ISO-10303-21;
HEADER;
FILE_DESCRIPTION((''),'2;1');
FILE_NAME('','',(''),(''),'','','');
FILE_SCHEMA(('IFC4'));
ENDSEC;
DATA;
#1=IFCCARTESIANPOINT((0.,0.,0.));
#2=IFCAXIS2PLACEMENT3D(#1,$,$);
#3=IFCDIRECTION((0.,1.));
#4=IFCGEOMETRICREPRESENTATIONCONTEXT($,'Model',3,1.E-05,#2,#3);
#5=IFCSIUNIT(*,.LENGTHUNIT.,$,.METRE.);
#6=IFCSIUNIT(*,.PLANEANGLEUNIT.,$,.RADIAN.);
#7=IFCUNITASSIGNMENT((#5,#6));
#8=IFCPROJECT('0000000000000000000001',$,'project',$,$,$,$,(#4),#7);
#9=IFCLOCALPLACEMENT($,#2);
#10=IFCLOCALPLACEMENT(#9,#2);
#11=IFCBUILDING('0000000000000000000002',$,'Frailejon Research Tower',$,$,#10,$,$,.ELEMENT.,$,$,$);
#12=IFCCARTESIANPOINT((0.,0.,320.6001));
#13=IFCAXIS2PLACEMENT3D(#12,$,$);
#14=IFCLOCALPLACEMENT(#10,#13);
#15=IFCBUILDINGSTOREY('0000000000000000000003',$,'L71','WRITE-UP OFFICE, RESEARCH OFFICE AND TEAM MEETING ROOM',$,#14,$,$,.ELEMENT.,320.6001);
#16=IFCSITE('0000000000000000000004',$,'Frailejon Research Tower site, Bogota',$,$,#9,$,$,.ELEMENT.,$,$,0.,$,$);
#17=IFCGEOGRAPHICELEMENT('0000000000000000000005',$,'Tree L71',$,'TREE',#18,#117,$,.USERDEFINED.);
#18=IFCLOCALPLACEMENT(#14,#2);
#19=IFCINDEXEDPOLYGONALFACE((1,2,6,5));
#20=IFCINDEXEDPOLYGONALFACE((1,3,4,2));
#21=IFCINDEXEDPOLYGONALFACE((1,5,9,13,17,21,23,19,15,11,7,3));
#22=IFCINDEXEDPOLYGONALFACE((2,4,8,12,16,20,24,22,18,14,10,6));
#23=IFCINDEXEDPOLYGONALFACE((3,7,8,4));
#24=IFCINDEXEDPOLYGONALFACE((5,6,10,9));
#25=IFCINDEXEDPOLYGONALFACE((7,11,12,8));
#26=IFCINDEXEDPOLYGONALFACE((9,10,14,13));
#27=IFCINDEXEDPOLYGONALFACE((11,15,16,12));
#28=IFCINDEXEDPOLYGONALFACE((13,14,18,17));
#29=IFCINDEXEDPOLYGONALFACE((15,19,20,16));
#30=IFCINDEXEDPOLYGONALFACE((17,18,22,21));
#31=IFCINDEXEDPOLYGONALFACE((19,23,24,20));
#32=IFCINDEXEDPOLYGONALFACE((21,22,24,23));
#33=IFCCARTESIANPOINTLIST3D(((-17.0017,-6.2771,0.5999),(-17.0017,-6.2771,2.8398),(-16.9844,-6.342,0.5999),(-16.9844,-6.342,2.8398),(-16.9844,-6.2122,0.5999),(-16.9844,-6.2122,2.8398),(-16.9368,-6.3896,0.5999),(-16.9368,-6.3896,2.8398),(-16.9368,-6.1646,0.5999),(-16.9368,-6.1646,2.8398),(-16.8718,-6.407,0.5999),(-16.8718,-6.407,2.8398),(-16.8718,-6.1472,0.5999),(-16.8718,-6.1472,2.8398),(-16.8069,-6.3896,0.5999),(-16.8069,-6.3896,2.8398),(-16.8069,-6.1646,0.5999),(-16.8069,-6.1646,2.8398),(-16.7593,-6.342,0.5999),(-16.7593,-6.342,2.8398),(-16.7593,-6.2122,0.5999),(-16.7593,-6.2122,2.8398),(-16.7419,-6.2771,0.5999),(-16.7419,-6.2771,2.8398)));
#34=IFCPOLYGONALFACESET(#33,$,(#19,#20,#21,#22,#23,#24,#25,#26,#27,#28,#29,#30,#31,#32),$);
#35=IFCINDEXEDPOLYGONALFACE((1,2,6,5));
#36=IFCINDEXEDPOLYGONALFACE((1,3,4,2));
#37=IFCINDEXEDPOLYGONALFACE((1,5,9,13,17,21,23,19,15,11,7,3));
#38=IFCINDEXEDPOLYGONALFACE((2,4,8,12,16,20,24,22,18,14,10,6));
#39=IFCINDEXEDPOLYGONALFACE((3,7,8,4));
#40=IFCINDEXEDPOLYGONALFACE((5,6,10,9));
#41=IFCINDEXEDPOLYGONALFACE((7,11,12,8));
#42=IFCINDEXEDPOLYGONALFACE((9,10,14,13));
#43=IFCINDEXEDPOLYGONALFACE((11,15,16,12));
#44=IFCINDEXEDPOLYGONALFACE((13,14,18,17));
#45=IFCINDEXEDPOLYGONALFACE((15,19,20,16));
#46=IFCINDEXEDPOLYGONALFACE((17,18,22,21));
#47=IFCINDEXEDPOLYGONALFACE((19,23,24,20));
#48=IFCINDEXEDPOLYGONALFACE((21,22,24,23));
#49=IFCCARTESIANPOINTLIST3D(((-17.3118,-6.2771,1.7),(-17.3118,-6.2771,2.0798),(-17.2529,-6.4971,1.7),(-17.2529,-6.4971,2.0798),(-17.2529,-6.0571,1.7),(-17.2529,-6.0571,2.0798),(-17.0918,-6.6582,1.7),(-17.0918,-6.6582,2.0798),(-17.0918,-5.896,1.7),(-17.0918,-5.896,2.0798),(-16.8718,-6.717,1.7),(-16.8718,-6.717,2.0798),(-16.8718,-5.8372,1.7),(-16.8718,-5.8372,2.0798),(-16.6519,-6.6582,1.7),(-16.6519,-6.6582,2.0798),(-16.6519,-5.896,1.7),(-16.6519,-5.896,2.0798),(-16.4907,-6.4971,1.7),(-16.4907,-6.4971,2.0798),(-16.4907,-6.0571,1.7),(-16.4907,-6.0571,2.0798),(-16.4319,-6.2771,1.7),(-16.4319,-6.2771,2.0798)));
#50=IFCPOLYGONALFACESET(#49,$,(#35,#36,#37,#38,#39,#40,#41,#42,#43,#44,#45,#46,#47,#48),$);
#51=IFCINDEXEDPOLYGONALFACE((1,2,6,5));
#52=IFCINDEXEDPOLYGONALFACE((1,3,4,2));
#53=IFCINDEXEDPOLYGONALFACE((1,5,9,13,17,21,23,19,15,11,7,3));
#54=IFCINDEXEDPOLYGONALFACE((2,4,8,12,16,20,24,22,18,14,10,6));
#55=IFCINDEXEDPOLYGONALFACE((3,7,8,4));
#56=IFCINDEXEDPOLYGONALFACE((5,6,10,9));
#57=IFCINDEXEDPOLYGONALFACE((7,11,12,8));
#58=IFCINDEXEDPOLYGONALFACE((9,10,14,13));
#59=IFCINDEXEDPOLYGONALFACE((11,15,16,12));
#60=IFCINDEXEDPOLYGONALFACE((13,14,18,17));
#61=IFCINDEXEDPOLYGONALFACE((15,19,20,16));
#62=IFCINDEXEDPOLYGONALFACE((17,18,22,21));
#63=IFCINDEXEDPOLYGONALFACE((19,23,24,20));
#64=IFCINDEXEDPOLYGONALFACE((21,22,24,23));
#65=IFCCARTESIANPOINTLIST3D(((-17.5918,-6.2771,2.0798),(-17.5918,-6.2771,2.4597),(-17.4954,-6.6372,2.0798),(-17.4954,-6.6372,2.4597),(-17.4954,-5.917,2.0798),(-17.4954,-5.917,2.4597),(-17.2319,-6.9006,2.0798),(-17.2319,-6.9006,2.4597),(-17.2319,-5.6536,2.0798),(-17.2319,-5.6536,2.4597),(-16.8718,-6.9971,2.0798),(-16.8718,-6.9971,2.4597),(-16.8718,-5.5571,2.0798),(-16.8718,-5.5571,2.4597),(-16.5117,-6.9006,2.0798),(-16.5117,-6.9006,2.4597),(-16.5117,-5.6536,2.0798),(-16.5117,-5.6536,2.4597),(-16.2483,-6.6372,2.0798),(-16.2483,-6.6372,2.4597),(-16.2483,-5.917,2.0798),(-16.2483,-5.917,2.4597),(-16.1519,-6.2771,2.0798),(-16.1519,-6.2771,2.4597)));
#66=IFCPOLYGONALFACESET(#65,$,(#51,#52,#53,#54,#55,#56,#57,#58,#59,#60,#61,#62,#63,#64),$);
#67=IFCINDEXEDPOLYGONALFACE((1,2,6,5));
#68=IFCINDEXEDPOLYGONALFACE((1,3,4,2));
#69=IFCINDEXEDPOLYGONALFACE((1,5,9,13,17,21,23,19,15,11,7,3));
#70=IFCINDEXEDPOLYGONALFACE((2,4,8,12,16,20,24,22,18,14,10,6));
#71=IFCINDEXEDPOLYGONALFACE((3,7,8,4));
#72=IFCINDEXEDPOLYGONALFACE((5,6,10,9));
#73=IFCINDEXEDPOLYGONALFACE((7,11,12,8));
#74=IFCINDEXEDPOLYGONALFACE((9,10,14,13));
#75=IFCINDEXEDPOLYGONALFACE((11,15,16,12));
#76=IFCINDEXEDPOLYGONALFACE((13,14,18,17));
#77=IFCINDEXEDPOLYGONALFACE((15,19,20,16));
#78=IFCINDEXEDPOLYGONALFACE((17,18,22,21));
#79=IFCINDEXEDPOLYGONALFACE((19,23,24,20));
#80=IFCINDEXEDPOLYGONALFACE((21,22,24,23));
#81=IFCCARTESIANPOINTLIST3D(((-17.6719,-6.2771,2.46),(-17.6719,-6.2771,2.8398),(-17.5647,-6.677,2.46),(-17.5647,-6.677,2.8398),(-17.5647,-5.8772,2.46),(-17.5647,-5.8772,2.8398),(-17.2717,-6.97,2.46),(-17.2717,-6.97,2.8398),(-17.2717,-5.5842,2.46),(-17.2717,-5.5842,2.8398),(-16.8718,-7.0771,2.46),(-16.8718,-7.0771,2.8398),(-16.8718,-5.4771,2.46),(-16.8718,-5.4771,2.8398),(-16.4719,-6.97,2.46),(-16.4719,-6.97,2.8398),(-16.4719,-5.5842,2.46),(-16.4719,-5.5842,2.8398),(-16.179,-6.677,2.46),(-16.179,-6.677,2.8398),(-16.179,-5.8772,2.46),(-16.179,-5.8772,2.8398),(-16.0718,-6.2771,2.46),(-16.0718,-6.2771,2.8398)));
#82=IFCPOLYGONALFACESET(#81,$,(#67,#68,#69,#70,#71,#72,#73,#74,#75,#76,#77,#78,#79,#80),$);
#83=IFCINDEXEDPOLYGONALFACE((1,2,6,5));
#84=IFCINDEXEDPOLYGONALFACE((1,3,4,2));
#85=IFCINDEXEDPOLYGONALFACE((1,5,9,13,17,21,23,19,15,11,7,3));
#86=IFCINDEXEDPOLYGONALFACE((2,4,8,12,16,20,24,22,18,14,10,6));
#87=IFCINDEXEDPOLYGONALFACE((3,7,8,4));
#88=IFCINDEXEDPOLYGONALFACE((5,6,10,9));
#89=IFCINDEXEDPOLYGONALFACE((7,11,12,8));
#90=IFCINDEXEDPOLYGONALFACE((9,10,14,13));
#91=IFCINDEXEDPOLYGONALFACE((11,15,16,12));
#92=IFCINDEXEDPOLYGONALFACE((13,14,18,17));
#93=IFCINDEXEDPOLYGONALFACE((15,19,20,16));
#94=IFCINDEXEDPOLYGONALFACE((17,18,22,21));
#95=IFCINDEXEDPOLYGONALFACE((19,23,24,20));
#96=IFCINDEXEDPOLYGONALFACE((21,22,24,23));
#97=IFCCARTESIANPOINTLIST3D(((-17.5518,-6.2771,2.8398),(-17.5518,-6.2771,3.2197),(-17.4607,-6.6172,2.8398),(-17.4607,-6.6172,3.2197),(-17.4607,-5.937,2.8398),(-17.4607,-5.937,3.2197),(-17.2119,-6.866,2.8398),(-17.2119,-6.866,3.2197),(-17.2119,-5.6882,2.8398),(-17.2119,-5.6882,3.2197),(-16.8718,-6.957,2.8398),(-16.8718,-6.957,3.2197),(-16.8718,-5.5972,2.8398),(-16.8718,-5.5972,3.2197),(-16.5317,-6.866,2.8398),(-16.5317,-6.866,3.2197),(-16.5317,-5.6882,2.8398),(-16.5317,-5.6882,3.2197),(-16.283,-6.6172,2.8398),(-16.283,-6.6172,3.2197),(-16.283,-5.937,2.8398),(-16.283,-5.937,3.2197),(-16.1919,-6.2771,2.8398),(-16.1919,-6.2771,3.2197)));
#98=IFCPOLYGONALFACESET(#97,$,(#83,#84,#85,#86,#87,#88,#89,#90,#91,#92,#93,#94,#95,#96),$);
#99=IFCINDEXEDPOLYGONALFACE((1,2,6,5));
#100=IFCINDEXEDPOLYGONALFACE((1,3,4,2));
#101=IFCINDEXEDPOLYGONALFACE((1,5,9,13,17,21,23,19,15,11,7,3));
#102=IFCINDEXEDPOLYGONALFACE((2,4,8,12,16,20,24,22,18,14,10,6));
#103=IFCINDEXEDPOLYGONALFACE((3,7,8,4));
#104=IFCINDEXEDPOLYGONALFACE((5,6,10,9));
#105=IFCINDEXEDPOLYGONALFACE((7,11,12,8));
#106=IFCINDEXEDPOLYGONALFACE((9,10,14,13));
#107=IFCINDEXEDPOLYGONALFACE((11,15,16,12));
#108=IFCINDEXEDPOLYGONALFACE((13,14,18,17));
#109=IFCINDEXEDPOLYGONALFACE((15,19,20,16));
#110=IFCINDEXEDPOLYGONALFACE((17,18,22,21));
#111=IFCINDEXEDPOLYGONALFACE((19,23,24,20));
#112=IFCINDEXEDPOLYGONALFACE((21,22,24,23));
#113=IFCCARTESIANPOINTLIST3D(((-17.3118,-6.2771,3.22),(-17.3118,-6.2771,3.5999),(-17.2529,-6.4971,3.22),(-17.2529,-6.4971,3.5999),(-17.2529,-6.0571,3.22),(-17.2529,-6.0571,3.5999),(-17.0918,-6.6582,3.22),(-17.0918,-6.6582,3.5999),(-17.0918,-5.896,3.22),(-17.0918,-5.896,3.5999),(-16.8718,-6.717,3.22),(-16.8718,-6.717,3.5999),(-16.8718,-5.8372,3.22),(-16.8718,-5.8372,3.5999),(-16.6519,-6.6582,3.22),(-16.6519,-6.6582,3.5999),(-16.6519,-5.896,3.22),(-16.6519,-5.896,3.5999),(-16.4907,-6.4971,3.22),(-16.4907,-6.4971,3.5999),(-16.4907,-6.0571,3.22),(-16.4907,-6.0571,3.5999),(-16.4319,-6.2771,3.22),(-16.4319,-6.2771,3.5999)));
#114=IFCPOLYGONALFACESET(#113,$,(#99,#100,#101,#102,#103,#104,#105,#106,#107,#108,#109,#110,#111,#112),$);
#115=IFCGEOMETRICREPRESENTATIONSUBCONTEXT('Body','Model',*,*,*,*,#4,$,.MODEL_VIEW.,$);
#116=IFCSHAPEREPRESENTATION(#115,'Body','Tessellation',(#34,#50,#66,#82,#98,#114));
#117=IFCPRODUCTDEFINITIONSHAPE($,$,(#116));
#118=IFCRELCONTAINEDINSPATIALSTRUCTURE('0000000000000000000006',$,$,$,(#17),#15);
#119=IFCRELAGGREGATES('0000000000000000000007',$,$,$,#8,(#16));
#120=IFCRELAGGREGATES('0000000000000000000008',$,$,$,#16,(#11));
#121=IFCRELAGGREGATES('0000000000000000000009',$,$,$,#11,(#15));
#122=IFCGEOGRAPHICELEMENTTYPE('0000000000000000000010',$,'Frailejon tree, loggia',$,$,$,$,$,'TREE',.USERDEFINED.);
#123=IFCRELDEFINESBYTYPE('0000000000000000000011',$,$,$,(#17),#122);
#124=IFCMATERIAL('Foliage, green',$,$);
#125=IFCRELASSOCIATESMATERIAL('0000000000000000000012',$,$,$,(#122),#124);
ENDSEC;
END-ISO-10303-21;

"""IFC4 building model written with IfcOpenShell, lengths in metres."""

from ifc_helpers import new_model, si_unit, direction, frame, origin, place, context, subcontext, project, spatial, polyline, outline, extrude, material, type_object, element, save


model = new_model("IFC4")

# Units and contexts
model_context = context("Model", 3, precision=1e-05, world=origin(), true_north=direction((0.0, 1.0)))
body_context = subcontext(model_context, "Body", "Model", "MODEL_VIEW")
ifc_project = project(units=[si_unit("LENGTHUNIT", "METRE"), si_unit("PLANEANGLEUNIT", "RADIAN")], contexts=[model_context])

# Site, building, storey
site_placement = place(None, origin())
site = spatial("IfcSite", under=ifc_project, at=site_placement, Name="Frailejon Research Tower site, Bogota", CompositionType="ELEMENT", RefElevation=0.0)
building_placement = place(site_placement, origin())
building = spatial("IfcBuilding", under=site, at=building_placement, Name="Frailejon Research Tower", CompositionType="ELEMENT")
storey_placement = place(building_placement, frame((0.0, 0.0, 320.6001)))
storey = spatial("IfcBuildingStorey", under=building, at=storey_placement, Name="L71", Description="WRITE-UP OFFICE, RESEARCH OFFICE AND TEAM MEETING ROOM", CompositionType="ELEMENT", Elevation=320.6001)

# Geographic element
ifc_material_1 = material(Name="Foliage, green")
geographic_element_type = type_object("IfcGeographicElementType", Name="Frailejon tree, loggia", ElementType="TREE", PredefinedType="USERDEFINED", material=ifc_material_1)
geographic_element_placement = place(storey_placement, frame((-16.8718, -6.2771, 0.5999)))
element("IfcGeographicElement", 1, at=geographic_element_placement, inside=storey, type_object=geographic_element_type, Name="Tree L71", ObjectType="TREE", PredefinedType="USERDEFINED", context=body_context, shape_type="SweptSolid", body=[
    extrude(outline(polyline([(0.1299, 0.0), (0.1125, 0.0649), (0.0649, 0.1125), (0.0, 0.1299), (-0.0649, 0.1125), (-0.1125, 0.0649), (-0.1299, 0.0), (-0.1125, -0.0649), (-0.0649, -0.1125), (0.0, -0.1299), (0.0649, -0.1125), (0.1125, -0.0649), (0.1299, 0.0)])), origin(), (0.0, 0.0, 1.0), 2.24),
    extrude(outline(polyline([(0.4399, 0.0), (0.3811, 0.22), (0.22, 0.3811), (0.0, 0.4399), (-0.22, 0.3811), (-0.3811, 0.22), (-0.4399, 0.0), (-0.3811, -0.22), (-0.22, -0.3811), (0.0, -0.4399), (0.22, -0.3811), (0.3811, -0.22), (0.4399, 0.0)])), frame((0.0, 0.0, 1.1001)), (0.0, 0.0, 1.0), 0.3799),
    extrude(outline(polyline([(0.72, 0.0), (0.6235, 0.3601), (0.3601, 0.6235), (0.0, 0.72), (-0.3601, 0.6235), (-0.6235, 0.3601), (-0.72, 0.0), (-0.6235, -0.3601), (-0.3601, -0.6235), (0.0, -0.72), (0.3601, -0.6235), (0.6235, -0.3601), (0.72, 0.0)])), frame((0.0, 0.0, 1.48)), (0.0, 0.0, 1.0), 0.3799),
    extrude(outline(polyline([(0.8, 0.0), (0.6929, 0.3999), (0.3999, 0.6929), (0.0, 0.8), (-0.3999, 0.6929), (-0.6929, 0.3999), (-0.8, 0.0), (-0.6929, -0.3999), (-0.3999, -0.6929), (0.0, -0.8), (0.3999, -0.6929), (0.6929, -0.3999), (0.8, 0.0)])), frame((0.0, 0.0, 1.8601)), (0.0, 0.0, 1.0), 0.3799),
    extrude(outline(polyline([(0.6799, 0.0), (0.5889, 0.3401), (0.3401, 0.5889), (0.0, 0.6799), (-0.3401, 0.5889), (-0.5889, 0.3401), (-0.6799, 0.0), (-0.5889, -0.3401), (-0.3401, -0.5889), (0.0, -0.6799), (0.3401, -0.5889), (0.5889, -0.3401), (0.6799, 0.0)])), frame((0.0, 0.0, 2.24)), (0.0, 0.0, 1.0), 0.3799),
    extrude(outline(polyline([(0.4399, 0.0), (0.3811, 0.22), (0.22, 0.3811), (0.0, 0.4399), (-0.22, 0.3811), (-0.3811, 0.22), (-0.4399, 0.0), (-0.3811, -0.22), (-0.22, -0.3811), (0.0, -0.4399), (0.22, -0.3811), (0.3811, -0.22), (0.4399, 0.0)])), frame((0.0, 0.0, 2.6201)), (0.0, 0.0, 1.0), 0.3799),
])

save(model, "model.ifc")
